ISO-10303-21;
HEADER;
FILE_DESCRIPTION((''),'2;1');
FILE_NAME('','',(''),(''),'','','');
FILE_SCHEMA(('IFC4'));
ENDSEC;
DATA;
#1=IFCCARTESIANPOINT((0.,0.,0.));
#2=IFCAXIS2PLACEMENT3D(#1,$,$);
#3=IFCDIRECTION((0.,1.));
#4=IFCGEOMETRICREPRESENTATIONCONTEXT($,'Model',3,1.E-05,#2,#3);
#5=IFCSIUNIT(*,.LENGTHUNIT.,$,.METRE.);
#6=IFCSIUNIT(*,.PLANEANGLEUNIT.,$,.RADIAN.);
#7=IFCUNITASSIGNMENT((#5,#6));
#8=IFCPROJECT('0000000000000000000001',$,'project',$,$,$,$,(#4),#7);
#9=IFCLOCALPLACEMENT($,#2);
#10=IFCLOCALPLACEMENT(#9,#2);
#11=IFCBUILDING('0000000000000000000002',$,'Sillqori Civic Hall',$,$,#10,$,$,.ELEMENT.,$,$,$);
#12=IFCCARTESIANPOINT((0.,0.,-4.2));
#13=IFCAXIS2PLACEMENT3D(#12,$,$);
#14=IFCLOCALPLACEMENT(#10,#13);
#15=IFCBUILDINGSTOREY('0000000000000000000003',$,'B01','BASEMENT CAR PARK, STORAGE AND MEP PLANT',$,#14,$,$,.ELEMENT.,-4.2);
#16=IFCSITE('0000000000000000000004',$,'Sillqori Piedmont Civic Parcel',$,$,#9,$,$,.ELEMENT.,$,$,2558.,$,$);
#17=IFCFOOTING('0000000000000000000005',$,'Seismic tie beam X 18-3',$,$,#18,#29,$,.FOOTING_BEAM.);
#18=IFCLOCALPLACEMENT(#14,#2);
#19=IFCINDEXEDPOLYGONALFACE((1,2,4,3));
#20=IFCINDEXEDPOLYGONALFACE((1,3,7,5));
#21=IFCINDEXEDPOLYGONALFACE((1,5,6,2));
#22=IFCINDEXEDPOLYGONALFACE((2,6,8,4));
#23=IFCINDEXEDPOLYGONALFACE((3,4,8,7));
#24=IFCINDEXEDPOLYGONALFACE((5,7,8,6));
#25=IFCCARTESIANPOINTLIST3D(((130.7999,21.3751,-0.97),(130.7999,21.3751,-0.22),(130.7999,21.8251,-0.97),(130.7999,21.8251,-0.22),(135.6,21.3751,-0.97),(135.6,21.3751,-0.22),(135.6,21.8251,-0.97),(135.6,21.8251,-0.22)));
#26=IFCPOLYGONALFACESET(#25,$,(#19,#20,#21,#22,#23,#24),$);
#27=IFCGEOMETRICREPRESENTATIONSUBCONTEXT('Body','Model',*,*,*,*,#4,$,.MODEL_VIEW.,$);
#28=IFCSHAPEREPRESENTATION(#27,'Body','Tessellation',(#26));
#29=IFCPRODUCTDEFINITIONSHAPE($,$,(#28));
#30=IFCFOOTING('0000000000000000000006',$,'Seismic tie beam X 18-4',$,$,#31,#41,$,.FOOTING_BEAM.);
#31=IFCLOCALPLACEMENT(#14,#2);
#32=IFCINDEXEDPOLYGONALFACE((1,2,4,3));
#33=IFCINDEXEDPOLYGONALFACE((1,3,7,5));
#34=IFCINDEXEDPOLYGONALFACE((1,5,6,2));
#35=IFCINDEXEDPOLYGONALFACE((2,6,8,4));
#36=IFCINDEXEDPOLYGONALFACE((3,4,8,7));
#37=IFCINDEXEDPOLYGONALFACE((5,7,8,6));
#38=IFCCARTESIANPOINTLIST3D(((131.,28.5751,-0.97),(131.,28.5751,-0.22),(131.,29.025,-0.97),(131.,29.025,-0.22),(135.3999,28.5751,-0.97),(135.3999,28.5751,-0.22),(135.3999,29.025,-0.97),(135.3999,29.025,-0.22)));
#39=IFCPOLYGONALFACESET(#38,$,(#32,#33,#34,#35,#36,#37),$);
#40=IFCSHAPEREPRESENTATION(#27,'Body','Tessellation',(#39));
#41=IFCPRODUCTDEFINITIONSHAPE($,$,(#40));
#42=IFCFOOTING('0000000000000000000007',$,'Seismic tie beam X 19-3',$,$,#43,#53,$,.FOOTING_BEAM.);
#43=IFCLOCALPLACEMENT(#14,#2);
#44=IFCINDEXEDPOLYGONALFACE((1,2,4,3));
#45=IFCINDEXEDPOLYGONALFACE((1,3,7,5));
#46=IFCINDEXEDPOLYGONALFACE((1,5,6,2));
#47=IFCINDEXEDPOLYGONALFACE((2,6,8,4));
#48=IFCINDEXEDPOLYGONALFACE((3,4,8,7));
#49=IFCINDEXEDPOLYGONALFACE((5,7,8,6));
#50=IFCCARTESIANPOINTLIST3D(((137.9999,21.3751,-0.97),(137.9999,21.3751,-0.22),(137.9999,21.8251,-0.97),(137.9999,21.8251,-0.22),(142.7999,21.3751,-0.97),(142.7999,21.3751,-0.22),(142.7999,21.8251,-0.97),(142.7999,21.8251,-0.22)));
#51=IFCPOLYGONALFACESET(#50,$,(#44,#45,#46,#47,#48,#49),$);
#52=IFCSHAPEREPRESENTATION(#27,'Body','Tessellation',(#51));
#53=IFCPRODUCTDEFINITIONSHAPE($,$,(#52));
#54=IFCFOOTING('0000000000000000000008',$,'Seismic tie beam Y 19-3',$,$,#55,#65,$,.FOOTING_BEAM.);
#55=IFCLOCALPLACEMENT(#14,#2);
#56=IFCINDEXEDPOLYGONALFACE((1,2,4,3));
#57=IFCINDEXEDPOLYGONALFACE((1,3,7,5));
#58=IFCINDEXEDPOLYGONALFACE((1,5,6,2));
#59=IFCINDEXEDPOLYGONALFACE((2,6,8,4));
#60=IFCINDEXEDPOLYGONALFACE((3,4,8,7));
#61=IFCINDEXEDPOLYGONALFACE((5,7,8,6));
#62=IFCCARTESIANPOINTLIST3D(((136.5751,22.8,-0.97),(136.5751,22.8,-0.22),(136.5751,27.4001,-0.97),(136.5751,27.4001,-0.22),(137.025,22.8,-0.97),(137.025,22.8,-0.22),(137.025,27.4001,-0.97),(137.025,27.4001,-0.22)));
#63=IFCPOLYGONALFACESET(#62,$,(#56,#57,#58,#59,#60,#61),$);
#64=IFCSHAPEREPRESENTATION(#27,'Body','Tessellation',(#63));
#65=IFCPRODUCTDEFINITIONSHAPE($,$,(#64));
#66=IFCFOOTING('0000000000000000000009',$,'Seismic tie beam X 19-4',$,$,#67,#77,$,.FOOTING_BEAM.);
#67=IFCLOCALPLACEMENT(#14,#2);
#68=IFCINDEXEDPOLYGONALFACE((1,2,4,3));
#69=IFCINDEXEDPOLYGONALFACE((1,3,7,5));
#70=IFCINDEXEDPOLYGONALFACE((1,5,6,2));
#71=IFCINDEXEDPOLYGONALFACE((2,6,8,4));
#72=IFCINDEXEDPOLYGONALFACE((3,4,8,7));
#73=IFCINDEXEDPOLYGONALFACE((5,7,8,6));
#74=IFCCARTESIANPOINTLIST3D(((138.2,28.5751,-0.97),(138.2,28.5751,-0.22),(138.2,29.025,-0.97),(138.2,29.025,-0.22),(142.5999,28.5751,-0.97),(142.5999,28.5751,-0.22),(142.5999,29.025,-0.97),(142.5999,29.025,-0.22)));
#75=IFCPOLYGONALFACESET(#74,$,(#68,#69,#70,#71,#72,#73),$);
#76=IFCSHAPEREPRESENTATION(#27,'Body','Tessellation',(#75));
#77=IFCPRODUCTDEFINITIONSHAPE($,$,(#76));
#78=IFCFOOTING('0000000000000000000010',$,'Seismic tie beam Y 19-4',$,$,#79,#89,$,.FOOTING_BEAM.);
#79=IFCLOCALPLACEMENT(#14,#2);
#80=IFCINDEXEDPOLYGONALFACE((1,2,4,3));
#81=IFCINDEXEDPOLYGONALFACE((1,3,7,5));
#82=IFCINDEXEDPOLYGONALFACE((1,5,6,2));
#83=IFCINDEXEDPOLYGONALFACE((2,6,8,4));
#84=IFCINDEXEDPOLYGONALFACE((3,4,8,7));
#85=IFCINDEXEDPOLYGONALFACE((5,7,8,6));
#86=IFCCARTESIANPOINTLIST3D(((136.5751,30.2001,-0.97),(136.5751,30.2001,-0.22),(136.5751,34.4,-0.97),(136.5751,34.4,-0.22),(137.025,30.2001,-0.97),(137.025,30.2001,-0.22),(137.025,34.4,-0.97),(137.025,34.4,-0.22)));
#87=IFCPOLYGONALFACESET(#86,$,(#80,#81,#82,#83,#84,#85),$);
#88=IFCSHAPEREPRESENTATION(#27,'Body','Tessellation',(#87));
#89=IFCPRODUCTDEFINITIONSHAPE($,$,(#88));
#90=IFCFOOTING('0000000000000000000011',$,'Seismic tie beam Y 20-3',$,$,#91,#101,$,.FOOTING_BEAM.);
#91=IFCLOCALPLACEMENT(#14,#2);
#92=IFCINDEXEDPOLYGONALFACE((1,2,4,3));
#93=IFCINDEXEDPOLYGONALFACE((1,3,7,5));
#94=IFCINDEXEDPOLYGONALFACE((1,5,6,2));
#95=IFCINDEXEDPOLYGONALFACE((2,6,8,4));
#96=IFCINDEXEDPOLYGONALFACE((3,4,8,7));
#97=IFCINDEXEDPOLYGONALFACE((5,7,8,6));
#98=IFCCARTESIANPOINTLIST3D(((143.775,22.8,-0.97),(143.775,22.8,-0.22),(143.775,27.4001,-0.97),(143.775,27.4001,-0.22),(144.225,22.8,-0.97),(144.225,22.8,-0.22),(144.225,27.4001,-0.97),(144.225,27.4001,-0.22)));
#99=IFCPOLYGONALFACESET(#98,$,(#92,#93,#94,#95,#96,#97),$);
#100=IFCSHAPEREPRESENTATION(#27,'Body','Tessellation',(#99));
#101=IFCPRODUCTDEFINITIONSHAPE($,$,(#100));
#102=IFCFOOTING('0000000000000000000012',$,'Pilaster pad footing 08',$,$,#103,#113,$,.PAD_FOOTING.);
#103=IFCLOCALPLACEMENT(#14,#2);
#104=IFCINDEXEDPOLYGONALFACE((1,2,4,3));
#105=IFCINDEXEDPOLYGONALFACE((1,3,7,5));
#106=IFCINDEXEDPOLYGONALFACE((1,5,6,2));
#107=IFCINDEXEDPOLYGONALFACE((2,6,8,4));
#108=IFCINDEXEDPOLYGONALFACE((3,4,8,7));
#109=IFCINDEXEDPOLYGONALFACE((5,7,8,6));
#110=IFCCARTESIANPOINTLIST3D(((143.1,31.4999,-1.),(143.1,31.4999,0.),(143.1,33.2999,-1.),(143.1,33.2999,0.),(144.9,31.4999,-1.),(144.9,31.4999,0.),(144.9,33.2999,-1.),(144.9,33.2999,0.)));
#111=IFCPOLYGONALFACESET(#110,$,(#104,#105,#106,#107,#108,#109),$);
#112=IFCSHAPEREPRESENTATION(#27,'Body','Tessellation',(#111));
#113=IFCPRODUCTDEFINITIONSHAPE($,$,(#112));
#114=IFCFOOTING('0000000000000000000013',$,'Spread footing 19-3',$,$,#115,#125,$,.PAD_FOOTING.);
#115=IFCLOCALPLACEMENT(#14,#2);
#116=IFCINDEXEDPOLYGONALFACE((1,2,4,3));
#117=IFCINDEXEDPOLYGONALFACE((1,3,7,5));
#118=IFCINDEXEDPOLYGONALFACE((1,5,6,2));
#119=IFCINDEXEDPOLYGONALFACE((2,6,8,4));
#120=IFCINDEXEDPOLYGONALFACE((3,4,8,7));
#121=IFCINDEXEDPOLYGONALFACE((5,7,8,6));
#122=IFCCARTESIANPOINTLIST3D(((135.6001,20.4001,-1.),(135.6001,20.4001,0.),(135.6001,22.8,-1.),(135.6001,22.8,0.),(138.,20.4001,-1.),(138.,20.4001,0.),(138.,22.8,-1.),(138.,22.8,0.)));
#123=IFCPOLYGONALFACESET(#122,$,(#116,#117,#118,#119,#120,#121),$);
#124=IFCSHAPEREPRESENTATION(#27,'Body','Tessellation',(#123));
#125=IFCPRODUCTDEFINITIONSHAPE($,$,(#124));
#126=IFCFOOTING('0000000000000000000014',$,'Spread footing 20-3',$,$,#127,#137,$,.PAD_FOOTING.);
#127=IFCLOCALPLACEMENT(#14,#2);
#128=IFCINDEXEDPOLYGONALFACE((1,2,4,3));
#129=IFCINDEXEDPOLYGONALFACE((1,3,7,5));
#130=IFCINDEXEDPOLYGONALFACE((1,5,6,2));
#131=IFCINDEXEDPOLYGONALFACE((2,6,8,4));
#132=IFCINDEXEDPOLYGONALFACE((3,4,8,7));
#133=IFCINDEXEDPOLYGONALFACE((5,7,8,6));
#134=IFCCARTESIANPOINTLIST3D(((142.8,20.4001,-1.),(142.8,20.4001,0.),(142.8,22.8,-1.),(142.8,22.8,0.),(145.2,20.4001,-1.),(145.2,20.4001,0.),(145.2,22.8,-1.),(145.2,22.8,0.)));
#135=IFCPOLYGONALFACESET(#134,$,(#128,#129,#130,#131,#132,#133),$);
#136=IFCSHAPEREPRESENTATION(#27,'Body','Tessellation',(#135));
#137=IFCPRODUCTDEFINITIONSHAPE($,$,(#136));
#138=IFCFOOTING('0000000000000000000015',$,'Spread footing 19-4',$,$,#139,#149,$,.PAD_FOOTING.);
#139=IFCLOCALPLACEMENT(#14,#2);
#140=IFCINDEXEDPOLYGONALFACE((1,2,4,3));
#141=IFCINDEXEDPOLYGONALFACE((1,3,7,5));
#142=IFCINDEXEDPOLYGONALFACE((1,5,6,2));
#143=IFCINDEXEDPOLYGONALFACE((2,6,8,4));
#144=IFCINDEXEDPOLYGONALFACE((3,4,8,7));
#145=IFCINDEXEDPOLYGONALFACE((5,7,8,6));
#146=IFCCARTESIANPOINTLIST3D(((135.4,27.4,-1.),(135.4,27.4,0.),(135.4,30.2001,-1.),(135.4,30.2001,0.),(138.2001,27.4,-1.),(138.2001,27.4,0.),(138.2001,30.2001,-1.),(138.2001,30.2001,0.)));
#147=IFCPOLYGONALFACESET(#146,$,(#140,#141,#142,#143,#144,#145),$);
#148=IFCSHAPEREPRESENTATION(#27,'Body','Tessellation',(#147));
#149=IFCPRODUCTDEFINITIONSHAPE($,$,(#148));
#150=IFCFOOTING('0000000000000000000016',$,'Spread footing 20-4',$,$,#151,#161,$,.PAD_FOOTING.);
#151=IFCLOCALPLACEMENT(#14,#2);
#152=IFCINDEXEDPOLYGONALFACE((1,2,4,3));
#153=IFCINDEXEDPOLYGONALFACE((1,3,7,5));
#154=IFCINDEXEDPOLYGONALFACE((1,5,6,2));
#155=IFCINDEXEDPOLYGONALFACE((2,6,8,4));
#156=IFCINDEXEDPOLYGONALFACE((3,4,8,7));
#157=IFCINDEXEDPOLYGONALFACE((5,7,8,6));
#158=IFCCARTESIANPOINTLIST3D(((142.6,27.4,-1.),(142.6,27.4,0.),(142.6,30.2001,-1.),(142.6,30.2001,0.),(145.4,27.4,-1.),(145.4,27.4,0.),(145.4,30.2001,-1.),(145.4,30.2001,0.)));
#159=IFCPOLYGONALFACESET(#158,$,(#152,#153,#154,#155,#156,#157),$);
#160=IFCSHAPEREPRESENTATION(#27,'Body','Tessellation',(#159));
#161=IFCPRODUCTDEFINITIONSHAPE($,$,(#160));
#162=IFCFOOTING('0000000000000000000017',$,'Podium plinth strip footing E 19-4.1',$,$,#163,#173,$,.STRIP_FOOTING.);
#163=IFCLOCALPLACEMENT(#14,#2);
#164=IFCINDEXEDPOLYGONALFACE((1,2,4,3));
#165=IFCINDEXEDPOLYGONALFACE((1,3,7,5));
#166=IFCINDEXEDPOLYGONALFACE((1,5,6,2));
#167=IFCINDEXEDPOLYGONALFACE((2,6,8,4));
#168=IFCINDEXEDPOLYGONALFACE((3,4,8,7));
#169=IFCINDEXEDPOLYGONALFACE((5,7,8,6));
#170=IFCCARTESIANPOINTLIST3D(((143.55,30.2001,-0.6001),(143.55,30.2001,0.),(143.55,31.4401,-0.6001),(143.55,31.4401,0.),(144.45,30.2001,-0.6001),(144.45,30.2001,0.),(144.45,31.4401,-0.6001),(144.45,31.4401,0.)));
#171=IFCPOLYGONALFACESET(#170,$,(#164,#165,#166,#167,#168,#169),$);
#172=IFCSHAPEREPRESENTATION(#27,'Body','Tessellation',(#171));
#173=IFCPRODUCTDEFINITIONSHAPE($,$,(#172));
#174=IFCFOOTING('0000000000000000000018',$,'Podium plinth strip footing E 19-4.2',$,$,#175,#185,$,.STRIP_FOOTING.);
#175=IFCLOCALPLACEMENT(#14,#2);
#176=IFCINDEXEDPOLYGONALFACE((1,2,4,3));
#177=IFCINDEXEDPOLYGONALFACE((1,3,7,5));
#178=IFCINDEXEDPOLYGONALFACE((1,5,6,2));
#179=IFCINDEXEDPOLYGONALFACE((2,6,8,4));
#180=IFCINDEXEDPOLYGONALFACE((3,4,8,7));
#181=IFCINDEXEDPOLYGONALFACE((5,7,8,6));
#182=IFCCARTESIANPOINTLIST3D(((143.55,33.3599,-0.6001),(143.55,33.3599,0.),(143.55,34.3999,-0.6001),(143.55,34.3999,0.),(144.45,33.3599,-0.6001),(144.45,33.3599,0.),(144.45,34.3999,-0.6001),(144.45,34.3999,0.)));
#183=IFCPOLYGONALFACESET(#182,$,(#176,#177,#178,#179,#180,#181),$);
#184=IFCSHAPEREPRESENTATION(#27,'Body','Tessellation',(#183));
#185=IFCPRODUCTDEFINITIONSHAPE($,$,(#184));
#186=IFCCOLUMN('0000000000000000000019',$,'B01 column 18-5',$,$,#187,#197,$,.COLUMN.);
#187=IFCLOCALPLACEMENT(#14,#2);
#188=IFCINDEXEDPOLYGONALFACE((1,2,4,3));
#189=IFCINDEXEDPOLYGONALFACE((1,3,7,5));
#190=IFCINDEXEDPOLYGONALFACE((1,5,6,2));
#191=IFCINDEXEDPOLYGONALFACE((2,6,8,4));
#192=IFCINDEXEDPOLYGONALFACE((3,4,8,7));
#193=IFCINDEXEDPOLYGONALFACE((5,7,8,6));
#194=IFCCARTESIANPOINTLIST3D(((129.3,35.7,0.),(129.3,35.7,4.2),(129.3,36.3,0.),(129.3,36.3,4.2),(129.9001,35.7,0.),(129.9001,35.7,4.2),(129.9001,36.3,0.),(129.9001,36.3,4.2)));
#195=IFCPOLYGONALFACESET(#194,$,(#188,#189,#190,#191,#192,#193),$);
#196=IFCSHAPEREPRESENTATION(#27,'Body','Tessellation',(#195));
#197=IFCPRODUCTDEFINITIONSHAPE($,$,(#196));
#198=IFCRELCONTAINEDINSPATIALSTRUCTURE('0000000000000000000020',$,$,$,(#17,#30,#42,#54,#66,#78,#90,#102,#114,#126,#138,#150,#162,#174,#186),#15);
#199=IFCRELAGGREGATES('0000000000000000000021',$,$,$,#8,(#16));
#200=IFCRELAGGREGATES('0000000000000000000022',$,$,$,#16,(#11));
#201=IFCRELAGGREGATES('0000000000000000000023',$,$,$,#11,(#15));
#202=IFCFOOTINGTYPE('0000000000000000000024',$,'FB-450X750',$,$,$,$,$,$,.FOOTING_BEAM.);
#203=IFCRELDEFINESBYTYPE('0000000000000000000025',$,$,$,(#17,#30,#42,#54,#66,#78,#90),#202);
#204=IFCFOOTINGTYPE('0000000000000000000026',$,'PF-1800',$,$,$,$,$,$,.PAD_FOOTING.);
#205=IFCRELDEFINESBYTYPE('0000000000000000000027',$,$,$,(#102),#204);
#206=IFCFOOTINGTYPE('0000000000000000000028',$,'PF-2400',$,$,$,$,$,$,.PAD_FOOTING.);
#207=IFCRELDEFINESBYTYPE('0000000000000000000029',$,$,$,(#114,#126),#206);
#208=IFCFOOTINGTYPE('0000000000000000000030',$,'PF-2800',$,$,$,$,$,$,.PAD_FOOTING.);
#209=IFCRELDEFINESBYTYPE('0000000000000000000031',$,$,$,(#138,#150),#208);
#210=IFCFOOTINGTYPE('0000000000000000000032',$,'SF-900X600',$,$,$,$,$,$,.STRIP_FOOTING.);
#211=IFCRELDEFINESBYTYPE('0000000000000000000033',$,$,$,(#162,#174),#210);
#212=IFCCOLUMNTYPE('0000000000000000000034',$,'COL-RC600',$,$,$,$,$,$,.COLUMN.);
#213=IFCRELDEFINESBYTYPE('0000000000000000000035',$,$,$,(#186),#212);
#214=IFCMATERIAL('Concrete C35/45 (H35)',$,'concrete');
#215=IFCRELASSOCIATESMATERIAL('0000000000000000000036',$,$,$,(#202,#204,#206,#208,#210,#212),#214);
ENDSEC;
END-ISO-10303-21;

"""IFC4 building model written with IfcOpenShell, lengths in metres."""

from ifc_helpers import new_model, si_unit, direction, frame, origin, origin_2d, place, context, subcontext, project, spatial, rectangle, extrude, material, material_profile, profile_set, type_object, element, save


model = new_model("IFC4")

# Units and contexts
model_context = context("Model", 3, precision=1e-05, world=origin(), true_north=direction((0.0, 1.0)))
body_context = subcontext(model_context, "Body", "Model", "MODEL_VIEW")
ifc_project = project(units=[si_unit("LENGTHUNIT", "METRE"), si_unit("PLANEANGLEUNIT", "RADIAN")], contexts=[model_context])

# Site, building, storey
site_placement = place(None, origin())
site = spatial("IfcSite", under=ifc_project, at=site_placement, Name="Sillqori Piedmont Civic Parcel", CompositionType="ELEMENT", RefElevation=2558.0)
building_placement = place(site_placement, origin())
building = spatial("IfcBuilding", under=site, at=building_placement, Name="Sillqori Civic Hall", CompositionType="ELEMENT")
storey_placement = place(building_placement, frame((0.0, 0.0, -4.2)))
storey = spatial("IfcBuildingStorey", under=building, at=storey_placement, Name="B01", Description="BASEMENT CAR PARK, STORAGE AND MEP PLANT", CompositionType="ELEMENT", Elevation=-4.2)

# Footings
ifc_material_1 = material(Name="Concrete C35/45 (H35)", Category="concrete")
footing_type_1 = type_object("IfcFootingType", Name="FB-450X750", PredefinedType="FOOTING_BEAM", material=ifc_material_1)
footing_1_placement = place(storey_placement, frame((133.2, 21.6001, -0.97), z_axis=(0.0, 0.0, 1.0), x_axis=(1.0, 0.0, 0.0)))
element("IfcFooting", 1, at=footing_1_placement, inside=storey, type_object=footing_type_1, Name="Seismic tie beam X 18-3", PredefinedType="FOOTING_BEAM", context=body_context, shape_type="SweptSolid", body=[
    extrude(rectangle(XDim=4.8, YDim=0.45, at=origin_2d()), origin(), (0.0, 0.0, 1.0), 0.75),
])
footing_2_placement = place(storey_placement, frame((133.2, 28.8, -0.97), z_axis=(0.0, 0.0, 1.0), x_axis=(1.0, 0.0, 0.0)))
element("IfcFooting", 2, at=footing_2_placement, inside=storey, type_object=footing_type_1, Name="Seismic tie beam X 18-4", PredefinedType="FOOTING_BEAM", context=body_context, shape_type="SweptSolid", body=[
    extrude(rectangle(XDim=4.3999, YDim=0.45, at=origin_2d()), origin(), (0.0, 0.0, 1.0), 0.75),
])
footing_3_placement = place(storey_placement, frame((140.3999, 21.6001, -0.97), z_axis=(0.0, 0.0, 1.0), x_axis=(1.0, 0.0, 0.0)))
element("IfcFooting", 3, at=footing_3_placement, inside=storey, type_object=footing_type_1, Name="Seismic tie beam X 19-3", PredefinedType="FOOTING_BEAM", context=body_context, shape_type="SweptSolid", body=[
    extrude(rectangle(XDim=4.8, YDim=0.45, at=origin_2d()), origin(), (0.0, 0.0, 1.0), 0.75),
])
footing_4_placement = place(storey_placement, frame((136.8, 25.1001, -0.97), z_axis=(0.0, 0.0, 1.0), x_axis=(1.0, 0.0, 0.0)))
element("IfcFooting", 4, at=footing_4_placement, inside=storey, type_object=footing_type_1, Name="Seismic tie beam Y 19-3", PredefinedType="FOOTING_BEAM", context=body_context, shape_type="SweptSolid", body=[
    extrude(rectangle(XDim=0.45, YDim=4.6001, at=origin_2d()), origin(), (0.0, 0.0, 1.0), 0.75),
])
footing_5_placement = place(storey_placement, frame((140.3999, 28.8, -0.97), z_axis=(0.0, 0.0, 1.0), x_axis=(1.0, 0.0, 0.0)))
element("IfcFooting", 5, at=footing_5_placement, inside=storey, type_object=footing_type_1, Name="Seismic tie beam X 19-4", PredefinedType="FOOTING_BEAM", context=body_context, shape_type="SweptSolid", body=[
    extrude(rectangle(XDim=4.3999, YDim=0.45, at=origin_2d()), origin(), (0.0, 0.0, 1.0), 0.75),
])
footing_6_placement = place(storey_placement, frame((136.8, 32.3, -0.97), z_axis=(0.0, 0.0, 1.0), x_axis=(1.0, 0.0, 0.0)))
element("IfcFooting", 6, at=footing_6_placement, inside=storey, type_object=footing_type_1, Name="Seismic tie beam Y 19-4", PredefinedType="FOOTING_BEAM", context=body_context, shape_type="SweptSolid", body=[
    extrude(rectangle(XDim=0.45, YDim=4.2, at=origin_2d()), origin(), (0.0, 0.0, 1.0), 0.75),
])
footing_7_placement = place(storey_placement, frame((144.0, 25.1001, -0.97), z_axis=(0.0, 0.0, 1.0), x_axis=(1.0, 0.0, 0.0)))
element("IfcFooting", 7, at=footing_7_placement, inside=storey, type_object=footing_type_1, Name="Seismic tie beam Y 20-3", PredefinedType="FOOTING_BEAM", context=body_context, shape_type="SweptSolid", body=[
    extrude(rectangle(XDim=0.45, YDim=4.6001, at=origin_2d()), origin(), (0.0, 0.0, 1.0), 0.75),
])
footing_type_2 = type_object("IfcFootingType", Name="PF-1800", PredefinedType="PAD_FOOTING", material=ifc_material_1)
footing_8_placement = place(storey_placement, frame((144.0, 32.3999, -1.0), z_axis=(0.0, 0.0, 1.0), x_axis=(1.0, 0.0, 0.0)))
element("IfcFooting", 8, at=footing_8_placement, inside=storey, type_object=footing_type_2, Name="Pilaster pad footing 08", PredefinedType="PAD_FOOTING", context=body_context, shape_type="SweptSolid", body=[
    extrude(rectangle(XDim=1.8, YDim=1.8, at=origin_2d()), origin(), (0.0, 0.0, 1.0), 1.0),
])
footing_type_3 = type_object("IfcFootingType", Name="PF-2400", PredefinedType="PAD_FOOTING", material=ifc_material_1)
for number, where, z_axis, x_axis, name in (
    (9, (136.8, 21.6001, -1.0), (0.0, 0.0, 1.0), (1.0, 0.0, 0.0), "Spread footing 19-3"),
    (10, (144.0, 21.6001, -1.0), (0.0, 0.0, 1.0), (1.0, 0.0, 0.0), "Spread footing 20-3"),
):
    element("IfcFooting", number, at=place(storey_placement, frame(where, z_axis=z_axis, x_axis=x_axis)), inside=storey, type_object=footing_type_3, Name=name, PredefinedType="PAD_FOOTING", context=body_context, shape_type="SweptSolid", body=[
        extrude(rectangle(XDim=2.3999, YDim=2.3999, at=origin_2d()), origin(), (0.0, 0.0, 1.0), 1.0),
    ])
footing_type_4 = type_object("IfcFootingType", Name="PF-2800", PredefinedType="PAD_FOOTING", material=ifc_material_1)
for number, where, z_axis, x_axis, name in (
    (11, (136.8, 28.8, -1.0), (0.0, 0.0, 1.0), (1.0, 0.0, 0.0), "Spread footing 19-4"),
    (12, (144.0, 28.8, -1.0), (0.0, 0.0, 1.0), (1.0, 0.0, 0.0), "Spread footing 20-4"),
):
    element("IfcFooting", number, at=place(storey_placement, frame(where, z_axis=z_axis, x_axis=x_axis)), inside=storey, type_object=footing_type_4, Name=name, PredefinedType="PAD_FOOTING", context=body_context, shape_type="SweptSolid", body=[
        extrude(rectangle(XDim=2.8, YDim=2.8, at=origin_2d()), origin(), (0.0, 0.0, 1.0), 1.0),
    ])
footing_type_5 = type_object("IfcFootingType", Name="SF-900X600", PredefinedType="STRIP_FOOTING", material=ifc_material_1)
footing_9_placement = place(storey_placement, frame((144.0, 30.8201, -0.6001), z_axis=(0.0, 0.0, 1.0), x_axis=(1.0, 0.0, 0.0)))
element("IfcFooting", 13, at=footing_9_placement, inside=storey, type_object=footing_type_5, Name="Podium plinth strip footing E 19-4.1", PredefinedType="STRIP_FOOTING", context=body_context, shape_type="SweptSolid", body=[
    extrude(rectangle(XDim=0.8999, YDim=1.24, at=origin_2d()), origin(), (0.0, 0.0, 1.0), 0.6001),
])
footing_10_placement = place(storey_placement, frame((144.0, 33.8799, -0.6001), z_axis=(0.0, 0.0, 1.0), x_axis=(1.0, 0.0, 0.0)))
element("IfcFooting", 14, at=footing_10_placement, inside=storey, type_object=footing_type_5, Name="Podium plinth strip footing E 19-4.2", PredefinedType="STRIP_FOOTING", context=body_context, shape_type="SweptSolid", body=[
    extrude(rectangle(XDim=0.8999, YDim=1.04, at=origin_2d()), origin(), (0.0, 0.0, 1.0), 0.6001),
])

# Column
ifc_material_profile_1 = material_profile(ifc_material_1, rectangle(XDim=0.6001, YDim=0.6001, at=origin_2d()), Name="RC 600x600")
ifc_profile_set_1 = profile_set([ifc_material_profile_1], Name="Concrete C35/45 (H35)")
column_type_1 = type_object("IfcColumnType", Name="COL-RC600", PredefinedType="COLUMN", material=ifc_profile_set_1)
for number, where, z_axis, x_axis, name in (
    (15, (129.6001, 36.0, 0.0), (0.0, 0.0, 1.0), (1.0, 0.0, 0.0), "B01 column 18-5"),
):
    element("IfcColumn", number, at=place(storey_placement, frame(where, z_axis=z_axis, x_axis=x_axis)), inside=storey, type_object=column_type_1, Name=name, PredefinedType="COLUMN", context=body_context, shape_type="SweptSolid", body=[
        extrude(rectangle(XDim=0.6001, YDim=0.6001, at=origin_2d()), origin(), (0.0, 0.0, 1.0), 4.2),
    ])

save(model, "model.ifc")
